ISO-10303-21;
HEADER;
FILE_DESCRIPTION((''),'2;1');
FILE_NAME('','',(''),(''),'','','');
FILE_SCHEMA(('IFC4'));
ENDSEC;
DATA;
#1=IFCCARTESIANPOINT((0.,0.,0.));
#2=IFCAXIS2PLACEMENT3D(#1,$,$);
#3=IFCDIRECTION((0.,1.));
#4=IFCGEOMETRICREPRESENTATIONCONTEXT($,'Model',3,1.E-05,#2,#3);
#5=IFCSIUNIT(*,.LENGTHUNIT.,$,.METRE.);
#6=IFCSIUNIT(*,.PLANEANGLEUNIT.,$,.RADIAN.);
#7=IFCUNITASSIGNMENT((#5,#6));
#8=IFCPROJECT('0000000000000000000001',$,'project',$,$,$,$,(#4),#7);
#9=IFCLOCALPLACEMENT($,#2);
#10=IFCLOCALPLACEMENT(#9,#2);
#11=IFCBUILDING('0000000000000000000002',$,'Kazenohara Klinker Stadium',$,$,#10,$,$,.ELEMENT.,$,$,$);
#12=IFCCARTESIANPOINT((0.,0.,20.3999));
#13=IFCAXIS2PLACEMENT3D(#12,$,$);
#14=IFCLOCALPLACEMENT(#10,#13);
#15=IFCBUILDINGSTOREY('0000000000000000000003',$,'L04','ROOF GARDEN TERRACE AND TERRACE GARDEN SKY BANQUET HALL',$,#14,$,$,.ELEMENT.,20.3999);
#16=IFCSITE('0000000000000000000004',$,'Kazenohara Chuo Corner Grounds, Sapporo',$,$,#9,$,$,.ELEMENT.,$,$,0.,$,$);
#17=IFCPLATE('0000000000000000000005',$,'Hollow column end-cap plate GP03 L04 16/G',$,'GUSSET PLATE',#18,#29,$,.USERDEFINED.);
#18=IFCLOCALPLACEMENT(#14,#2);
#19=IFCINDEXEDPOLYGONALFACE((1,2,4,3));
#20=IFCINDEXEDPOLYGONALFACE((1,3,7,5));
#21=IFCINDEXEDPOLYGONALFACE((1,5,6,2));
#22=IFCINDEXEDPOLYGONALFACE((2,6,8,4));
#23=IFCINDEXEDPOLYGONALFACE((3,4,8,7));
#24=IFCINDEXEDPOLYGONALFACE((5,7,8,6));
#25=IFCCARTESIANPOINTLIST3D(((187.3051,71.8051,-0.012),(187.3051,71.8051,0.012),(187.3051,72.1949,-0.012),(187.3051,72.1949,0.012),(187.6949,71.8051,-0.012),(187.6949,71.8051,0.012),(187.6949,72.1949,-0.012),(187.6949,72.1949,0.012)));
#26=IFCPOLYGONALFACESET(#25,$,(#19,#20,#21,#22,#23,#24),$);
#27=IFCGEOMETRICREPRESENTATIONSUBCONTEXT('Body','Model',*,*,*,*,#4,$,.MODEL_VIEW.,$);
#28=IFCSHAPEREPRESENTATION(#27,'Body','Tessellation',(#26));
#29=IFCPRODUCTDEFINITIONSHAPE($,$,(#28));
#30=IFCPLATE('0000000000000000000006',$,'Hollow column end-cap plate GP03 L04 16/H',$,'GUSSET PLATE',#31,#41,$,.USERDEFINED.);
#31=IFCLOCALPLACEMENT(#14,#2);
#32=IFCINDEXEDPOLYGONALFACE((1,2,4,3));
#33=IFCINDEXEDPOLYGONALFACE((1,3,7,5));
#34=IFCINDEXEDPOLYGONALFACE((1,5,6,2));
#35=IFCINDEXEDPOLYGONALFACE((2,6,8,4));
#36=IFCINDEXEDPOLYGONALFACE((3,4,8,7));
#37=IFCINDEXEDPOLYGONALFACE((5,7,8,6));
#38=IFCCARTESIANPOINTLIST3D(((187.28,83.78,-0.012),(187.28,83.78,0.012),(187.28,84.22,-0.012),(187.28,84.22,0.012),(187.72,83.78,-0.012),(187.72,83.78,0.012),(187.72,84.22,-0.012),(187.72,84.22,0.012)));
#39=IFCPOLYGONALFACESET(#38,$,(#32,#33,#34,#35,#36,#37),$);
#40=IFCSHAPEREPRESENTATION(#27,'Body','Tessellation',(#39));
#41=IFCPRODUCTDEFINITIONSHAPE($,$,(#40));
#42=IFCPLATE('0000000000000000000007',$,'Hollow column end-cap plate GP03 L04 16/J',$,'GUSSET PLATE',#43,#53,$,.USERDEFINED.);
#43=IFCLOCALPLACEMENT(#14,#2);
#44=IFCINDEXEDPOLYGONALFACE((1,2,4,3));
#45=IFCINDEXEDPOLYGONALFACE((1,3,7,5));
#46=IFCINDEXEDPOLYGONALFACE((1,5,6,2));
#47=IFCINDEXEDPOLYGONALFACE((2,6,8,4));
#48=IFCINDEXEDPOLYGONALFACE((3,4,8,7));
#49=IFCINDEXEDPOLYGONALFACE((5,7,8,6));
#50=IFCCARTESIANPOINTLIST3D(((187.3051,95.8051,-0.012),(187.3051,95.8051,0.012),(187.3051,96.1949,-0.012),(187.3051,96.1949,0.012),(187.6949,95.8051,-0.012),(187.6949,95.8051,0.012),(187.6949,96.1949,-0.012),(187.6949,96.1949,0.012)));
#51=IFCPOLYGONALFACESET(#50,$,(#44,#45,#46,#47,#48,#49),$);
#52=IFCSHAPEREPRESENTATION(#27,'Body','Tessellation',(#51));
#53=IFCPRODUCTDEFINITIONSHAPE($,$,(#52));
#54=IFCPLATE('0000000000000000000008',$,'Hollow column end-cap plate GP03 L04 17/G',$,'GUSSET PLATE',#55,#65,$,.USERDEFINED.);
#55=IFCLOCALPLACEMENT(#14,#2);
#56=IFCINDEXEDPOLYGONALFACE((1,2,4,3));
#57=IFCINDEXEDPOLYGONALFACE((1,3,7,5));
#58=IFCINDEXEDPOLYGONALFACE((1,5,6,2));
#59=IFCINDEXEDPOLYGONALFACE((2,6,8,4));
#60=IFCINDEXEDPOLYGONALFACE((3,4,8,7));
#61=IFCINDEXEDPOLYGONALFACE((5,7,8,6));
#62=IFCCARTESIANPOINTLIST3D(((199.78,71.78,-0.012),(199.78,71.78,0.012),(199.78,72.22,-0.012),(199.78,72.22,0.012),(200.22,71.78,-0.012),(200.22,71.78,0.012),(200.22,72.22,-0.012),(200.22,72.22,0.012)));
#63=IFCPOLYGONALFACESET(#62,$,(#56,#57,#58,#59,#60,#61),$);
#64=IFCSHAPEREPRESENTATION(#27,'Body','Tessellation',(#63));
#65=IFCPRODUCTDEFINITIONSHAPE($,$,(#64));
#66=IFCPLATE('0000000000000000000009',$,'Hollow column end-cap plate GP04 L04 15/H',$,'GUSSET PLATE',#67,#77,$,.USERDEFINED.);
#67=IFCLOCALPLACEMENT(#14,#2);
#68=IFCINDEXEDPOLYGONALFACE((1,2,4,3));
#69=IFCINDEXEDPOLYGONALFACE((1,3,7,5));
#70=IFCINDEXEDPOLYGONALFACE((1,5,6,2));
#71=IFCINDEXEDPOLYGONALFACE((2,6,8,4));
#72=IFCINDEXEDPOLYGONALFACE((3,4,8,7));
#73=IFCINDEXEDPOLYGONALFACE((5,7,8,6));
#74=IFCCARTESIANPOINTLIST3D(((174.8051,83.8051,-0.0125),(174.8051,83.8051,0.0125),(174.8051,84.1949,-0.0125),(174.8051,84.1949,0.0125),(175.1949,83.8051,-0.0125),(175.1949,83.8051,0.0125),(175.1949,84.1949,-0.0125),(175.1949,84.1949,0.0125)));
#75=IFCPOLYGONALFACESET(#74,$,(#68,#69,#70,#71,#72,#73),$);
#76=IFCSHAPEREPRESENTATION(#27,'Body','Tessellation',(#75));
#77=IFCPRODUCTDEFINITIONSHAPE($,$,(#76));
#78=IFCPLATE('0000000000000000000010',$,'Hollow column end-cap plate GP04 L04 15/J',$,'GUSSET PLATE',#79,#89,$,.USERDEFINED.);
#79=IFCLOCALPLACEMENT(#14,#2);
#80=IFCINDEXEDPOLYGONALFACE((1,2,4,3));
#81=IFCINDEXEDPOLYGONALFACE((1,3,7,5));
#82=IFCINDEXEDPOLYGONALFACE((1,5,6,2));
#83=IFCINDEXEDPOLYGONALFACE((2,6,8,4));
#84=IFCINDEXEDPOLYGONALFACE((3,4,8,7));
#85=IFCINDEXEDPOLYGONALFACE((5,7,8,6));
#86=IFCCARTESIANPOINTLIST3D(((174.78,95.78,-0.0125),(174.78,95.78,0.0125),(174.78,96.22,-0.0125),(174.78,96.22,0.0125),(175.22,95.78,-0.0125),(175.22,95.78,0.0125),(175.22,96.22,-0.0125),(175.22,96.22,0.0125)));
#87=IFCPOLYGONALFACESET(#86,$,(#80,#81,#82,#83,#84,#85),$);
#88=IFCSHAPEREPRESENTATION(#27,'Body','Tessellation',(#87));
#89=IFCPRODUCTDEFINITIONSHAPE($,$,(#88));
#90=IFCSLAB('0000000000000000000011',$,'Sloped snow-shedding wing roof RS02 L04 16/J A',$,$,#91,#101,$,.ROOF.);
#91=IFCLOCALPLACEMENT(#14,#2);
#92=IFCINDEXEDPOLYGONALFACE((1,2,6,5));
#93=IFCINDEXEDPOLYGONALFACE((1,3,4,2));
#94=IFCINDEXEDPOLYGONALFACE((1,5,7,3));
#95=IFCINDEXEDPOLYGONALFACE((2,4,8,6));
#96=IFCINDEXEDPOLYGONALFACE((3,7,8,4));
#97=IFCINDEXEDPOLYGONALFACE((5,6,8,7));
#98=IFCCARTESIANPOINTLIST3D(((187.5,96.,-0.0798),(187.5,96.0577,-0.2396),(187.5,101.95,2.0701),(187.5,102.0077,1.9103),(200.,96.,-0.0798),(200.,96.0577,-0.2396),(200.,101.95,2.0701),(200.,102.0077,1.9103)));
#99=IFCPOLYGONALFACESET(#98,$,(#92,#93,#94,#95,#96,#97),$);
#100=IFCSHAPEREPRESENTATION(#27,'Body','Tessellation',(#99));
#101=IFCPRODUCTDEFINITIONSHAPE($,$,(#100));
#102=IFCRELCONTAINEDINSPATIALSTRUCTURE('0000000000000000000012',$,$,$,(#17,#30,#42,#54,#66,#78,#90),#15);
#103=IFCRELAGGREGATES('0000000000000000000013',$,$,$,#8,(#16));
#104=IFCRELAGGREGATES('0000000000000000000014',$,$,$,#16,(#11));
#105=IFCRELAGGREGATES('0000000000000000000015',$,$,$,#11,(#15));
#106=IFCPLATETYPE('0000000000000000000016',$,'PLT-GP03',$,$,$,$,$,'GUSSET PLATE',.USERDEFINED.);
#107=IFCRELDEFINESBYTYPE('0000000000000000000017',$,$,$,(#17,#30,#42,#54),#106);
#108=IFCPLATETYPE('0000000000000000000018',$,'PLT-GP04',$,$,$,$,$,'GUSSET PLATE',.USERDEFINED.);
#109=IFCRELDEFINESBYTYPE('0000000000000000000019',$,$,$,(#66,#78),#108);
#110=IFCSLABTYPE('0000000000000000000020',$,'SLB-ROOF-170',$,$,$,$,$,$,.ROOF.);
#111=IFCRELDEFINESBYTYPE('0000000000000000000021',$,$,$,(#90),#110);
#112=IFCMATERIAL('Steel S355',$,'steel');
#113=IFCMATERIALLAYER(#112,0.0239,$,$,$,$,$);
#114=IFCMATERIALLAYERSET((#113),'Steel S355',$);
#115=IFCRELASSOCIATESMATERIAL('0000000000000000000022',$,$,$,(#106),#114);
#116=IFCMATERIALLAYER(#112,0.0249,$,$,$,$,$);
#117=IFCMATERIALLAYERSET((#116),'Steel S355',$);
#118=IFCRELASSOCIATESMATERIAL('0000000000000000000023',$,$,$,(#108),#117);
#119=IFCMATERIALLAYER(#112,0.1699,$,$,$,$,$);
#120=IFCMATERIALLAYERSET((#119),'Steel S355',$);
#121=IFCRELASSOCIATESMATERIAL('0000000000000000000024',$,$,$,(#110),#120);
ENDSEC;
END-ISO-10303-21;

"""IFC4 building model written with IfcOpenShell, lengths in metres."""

from ifc_helpers import new_model, si_unit, direction, frame, origin, origin_2d, place, context, subcontext, project, spatial, polyline, rectangle, outline, extrude, material, layer, layer_set, type_object, element, save


model = new_model("IFC4")

# Units and contexts
model_context = context("Model", 3, precision=1e-05, world=origin(), true_north=direction((0.0, 1.0)))
body_context = subcontext(model_context, "Body", "Model", "MODEL_VIEW")
ifc_project = project(units=[si_unit("LENGTHUNIT", "METRE"), si_unit("PLANEANGLEUNIT", "RADIAN")], contexts=[model_context])

# Site, building, storey
site_placement = place(None, origin())
site = spatial("IfcSite", under=ifc_project, at=site_placement, Name="Kazenohara Chuo Corner Grounds, Sapporo", CompositionType="ELEMENT", RefElevation=0.0)
building_placement = place(site_placement, origin())
building = spatial("IfcBuilding", under=site, at=building_placement, Name="Kazenohara Klinker Stadium", CompositionType="ELEMENT")
storey_placement = place(building_placement, frame((0.0, 0.0, 20.3999)))
storey = spatial("IfcBuildingStorey", under=building, at=storey_placement, Name="L04", Description="ROOF GARDEN TERRACE AND TERRACE GARDEN SKY BANQUET HALL", CompositionType="ELEMENT", Elevation=20.3999)

# Shared definitions
ifc_material_1 = material(Name="Steel S355", Category="steel")

# Plates
ifc_layer_1 = layer(ifc_material_1, 0.0239)
ifc_layer_set_1 = layer_set([ifc_layer_1], Name="Steel S355")
plate_type_1 = type_object("IfcPlateType", Name="PLT-GP03", ElementType="GUSSET PLATE", PredefinedType="USERDEFINED", material=ifc_layer_set_1)
plate_1_placement = place(storey_placement, frame((187.5, 72.0, -0.012), z_axis=(0.0, 0.0, 1.0), x_axis=(1.0, 0.0, 0.0)))
element("IfcPlate", 1, at=plate_1_placement, inside=storey, type_object=plate_type_1, Name="Hollow column end-cap plate GP03 L04 16/G", ObjectType="GUSSET PLATE", PredefinedType="USERDEFINED", context=body_context, shape_type="SweptSolid", body=[
    extrude(rectangle(XDim=0.3899, YDim=0.3899, at=origin_2d()), origin(), (0.0, 0.0, 1.0), 0.0239),
])
plate_2_placement = place(storey_placement, frame((187.5, 84.0, -0.012), z_axis=(0.0, 0.0, 1.0), x_axis=(1.0, 0.0, 0.0)))
element("IfcPlate", 2, at=plate_2_placement, inside=storey, type_object=plate_type_1, Name="Hollow column end-cap plate GP03 L04 16/H", ObjectType="GUSSET PLATE", PredefinedType="USERDEFINED", context=body_context, shape_type="SweptSolid", body=[
    extrude(rectangle(XDim=0.4399, YDim=0.4399, at=origin_2d()), origin(), (0.0, 0.0, 1.0), 0.0239),
])
plate_3_placement = place(storey_placement, frame((187.5, 96.0, -0.012), z_axis=(0.0, 0.0, 1.0), x_axis=(1.0, 0.0, 0.0)))
element("IfcPlate", 3, at=plate_3_placement, inside=storey, type_object=plate_type_1, Name="Hollow column end-cap plate GP03 L04 16/J", ObjectType="GUSSET PLATE", PredefinedType="USERDEFINED", context=body_context, shape_type="SweptSolid", body=[
    extrude(rectangle(XDim=0.3899, YDim=0.3899, at=origin_2d()), origin(), (0.0, 0.0, 1.0), 0.0239),
])
plate_4_placement = place(storey_placement, frame((200.0, 72.0, -0.012), z_axis=(0.0, 0.0, 1.0), x_axis=(1.0, 0.0, 0.0)))
element("IfcPlate", 4, at=plate_4_placement, inside=storey, type_object=plate_type_1, Name="Hollow column end-cap plate GP03 L04 17/G", ObjectType="GUSSET PLATE", PredefinedType="USERDEFINED", context=body_context, shape_type="SweptSolid", body=[
    extrude(rectangle(XDim=0.4399, YDim=0.4399, at=origin_2d()), origin(), (0.0, 0.0, 1.0), 0.0239),
])
ifc_layer_2 = layer(ifc_material_1, 0.0249)
ifc_layer_set_2 = layer_set([ifc_layer_2], Name="Steel S355")
plate_type_2 = type_object("IfcPlateType", Name="PLT-GP04", ElementType="GUSSET PLATE", PredefinedType="USERDEFINED", material=ifc_layer_set_2)
plate_5_placement = place(storey_placement, frame((175.0, 84.0, -0.0125), z_axis=(0.0, 0.0, 1.0), x_axis=(1.0, 0.0, 0.0)))
element("IfcPlate", 5, at=plate_5_placement, inside=storey, type_object=plate_type_2, Name="Hollow column end-cap plate GP04 L04 15/H", ObjectType="GUSSET PLATE", PredefinedType="USERDEFINED", context=body_context, shape_type="SweptSolid", body=[
    extrude(rectangle(XDim=0.3899, YDim=0.3899, at=origin_2d()), origin(), (0.0, 0.0, 1.0), 0.0249),
])
plate_6_placement = place(storey_placement, frame((175.0, 96.0, -0.0125), z_axis=(0.0, 0.0, 1.0), x_axis=(1.0, 0.0, 0.0)))
element("IfcPlate", 6, at=plate_6_placement, inside=storey, type_object=plate_type_2, Name="Hollow column end-cap plate GP04 L04 15/J", ObjectType="GUSSET PLATE", PredefinedType="USERDEFINED", context=body_context, shape_type="SweptSolid", body=[
    extrude(rectangle(XDim=0.4399, YDim=0.4399, at=origin_2d()), origin(), (0.0, 0.0, 1.0), 0.0249),
])

# Slab
ifc_layer_3 = layer(ifc_material_1, 0.1699)
ifc_layer_set_3 = layer_set([ifc_layer_3], Name="Steel S355")
slab_type = type_object("IfcSlabType", Name="SLB-ROOF-170", PredefinedType="ROOF", material=ifc_layer_set_3)
slab_placement = place(storey_placement, frame((187.5, 96.0, -0.0798), z_axis=(0.0, -0.339827, 0.940488), x_axis=(1.0, 0.0, 0.0)))
element("IfcSlab", 7, at=slab_placement, inside=storey, type_object=slab_type, Name="Sloped snow-shedding wing roof RS02 L04 16/J A", PredefinedType="ROOF", context=body_context, shape_type="SweptSolid", body=[
    extrude(outline(polyline([(0.0, 0.0), (12.5, 0.0), (12.5, 6.3265), (0.0, 6.3265), (0.0, 0.0)])), origin(), (0.0, 0.0, -1.0), 0.1699),
])

save(model, "model.ifc")
